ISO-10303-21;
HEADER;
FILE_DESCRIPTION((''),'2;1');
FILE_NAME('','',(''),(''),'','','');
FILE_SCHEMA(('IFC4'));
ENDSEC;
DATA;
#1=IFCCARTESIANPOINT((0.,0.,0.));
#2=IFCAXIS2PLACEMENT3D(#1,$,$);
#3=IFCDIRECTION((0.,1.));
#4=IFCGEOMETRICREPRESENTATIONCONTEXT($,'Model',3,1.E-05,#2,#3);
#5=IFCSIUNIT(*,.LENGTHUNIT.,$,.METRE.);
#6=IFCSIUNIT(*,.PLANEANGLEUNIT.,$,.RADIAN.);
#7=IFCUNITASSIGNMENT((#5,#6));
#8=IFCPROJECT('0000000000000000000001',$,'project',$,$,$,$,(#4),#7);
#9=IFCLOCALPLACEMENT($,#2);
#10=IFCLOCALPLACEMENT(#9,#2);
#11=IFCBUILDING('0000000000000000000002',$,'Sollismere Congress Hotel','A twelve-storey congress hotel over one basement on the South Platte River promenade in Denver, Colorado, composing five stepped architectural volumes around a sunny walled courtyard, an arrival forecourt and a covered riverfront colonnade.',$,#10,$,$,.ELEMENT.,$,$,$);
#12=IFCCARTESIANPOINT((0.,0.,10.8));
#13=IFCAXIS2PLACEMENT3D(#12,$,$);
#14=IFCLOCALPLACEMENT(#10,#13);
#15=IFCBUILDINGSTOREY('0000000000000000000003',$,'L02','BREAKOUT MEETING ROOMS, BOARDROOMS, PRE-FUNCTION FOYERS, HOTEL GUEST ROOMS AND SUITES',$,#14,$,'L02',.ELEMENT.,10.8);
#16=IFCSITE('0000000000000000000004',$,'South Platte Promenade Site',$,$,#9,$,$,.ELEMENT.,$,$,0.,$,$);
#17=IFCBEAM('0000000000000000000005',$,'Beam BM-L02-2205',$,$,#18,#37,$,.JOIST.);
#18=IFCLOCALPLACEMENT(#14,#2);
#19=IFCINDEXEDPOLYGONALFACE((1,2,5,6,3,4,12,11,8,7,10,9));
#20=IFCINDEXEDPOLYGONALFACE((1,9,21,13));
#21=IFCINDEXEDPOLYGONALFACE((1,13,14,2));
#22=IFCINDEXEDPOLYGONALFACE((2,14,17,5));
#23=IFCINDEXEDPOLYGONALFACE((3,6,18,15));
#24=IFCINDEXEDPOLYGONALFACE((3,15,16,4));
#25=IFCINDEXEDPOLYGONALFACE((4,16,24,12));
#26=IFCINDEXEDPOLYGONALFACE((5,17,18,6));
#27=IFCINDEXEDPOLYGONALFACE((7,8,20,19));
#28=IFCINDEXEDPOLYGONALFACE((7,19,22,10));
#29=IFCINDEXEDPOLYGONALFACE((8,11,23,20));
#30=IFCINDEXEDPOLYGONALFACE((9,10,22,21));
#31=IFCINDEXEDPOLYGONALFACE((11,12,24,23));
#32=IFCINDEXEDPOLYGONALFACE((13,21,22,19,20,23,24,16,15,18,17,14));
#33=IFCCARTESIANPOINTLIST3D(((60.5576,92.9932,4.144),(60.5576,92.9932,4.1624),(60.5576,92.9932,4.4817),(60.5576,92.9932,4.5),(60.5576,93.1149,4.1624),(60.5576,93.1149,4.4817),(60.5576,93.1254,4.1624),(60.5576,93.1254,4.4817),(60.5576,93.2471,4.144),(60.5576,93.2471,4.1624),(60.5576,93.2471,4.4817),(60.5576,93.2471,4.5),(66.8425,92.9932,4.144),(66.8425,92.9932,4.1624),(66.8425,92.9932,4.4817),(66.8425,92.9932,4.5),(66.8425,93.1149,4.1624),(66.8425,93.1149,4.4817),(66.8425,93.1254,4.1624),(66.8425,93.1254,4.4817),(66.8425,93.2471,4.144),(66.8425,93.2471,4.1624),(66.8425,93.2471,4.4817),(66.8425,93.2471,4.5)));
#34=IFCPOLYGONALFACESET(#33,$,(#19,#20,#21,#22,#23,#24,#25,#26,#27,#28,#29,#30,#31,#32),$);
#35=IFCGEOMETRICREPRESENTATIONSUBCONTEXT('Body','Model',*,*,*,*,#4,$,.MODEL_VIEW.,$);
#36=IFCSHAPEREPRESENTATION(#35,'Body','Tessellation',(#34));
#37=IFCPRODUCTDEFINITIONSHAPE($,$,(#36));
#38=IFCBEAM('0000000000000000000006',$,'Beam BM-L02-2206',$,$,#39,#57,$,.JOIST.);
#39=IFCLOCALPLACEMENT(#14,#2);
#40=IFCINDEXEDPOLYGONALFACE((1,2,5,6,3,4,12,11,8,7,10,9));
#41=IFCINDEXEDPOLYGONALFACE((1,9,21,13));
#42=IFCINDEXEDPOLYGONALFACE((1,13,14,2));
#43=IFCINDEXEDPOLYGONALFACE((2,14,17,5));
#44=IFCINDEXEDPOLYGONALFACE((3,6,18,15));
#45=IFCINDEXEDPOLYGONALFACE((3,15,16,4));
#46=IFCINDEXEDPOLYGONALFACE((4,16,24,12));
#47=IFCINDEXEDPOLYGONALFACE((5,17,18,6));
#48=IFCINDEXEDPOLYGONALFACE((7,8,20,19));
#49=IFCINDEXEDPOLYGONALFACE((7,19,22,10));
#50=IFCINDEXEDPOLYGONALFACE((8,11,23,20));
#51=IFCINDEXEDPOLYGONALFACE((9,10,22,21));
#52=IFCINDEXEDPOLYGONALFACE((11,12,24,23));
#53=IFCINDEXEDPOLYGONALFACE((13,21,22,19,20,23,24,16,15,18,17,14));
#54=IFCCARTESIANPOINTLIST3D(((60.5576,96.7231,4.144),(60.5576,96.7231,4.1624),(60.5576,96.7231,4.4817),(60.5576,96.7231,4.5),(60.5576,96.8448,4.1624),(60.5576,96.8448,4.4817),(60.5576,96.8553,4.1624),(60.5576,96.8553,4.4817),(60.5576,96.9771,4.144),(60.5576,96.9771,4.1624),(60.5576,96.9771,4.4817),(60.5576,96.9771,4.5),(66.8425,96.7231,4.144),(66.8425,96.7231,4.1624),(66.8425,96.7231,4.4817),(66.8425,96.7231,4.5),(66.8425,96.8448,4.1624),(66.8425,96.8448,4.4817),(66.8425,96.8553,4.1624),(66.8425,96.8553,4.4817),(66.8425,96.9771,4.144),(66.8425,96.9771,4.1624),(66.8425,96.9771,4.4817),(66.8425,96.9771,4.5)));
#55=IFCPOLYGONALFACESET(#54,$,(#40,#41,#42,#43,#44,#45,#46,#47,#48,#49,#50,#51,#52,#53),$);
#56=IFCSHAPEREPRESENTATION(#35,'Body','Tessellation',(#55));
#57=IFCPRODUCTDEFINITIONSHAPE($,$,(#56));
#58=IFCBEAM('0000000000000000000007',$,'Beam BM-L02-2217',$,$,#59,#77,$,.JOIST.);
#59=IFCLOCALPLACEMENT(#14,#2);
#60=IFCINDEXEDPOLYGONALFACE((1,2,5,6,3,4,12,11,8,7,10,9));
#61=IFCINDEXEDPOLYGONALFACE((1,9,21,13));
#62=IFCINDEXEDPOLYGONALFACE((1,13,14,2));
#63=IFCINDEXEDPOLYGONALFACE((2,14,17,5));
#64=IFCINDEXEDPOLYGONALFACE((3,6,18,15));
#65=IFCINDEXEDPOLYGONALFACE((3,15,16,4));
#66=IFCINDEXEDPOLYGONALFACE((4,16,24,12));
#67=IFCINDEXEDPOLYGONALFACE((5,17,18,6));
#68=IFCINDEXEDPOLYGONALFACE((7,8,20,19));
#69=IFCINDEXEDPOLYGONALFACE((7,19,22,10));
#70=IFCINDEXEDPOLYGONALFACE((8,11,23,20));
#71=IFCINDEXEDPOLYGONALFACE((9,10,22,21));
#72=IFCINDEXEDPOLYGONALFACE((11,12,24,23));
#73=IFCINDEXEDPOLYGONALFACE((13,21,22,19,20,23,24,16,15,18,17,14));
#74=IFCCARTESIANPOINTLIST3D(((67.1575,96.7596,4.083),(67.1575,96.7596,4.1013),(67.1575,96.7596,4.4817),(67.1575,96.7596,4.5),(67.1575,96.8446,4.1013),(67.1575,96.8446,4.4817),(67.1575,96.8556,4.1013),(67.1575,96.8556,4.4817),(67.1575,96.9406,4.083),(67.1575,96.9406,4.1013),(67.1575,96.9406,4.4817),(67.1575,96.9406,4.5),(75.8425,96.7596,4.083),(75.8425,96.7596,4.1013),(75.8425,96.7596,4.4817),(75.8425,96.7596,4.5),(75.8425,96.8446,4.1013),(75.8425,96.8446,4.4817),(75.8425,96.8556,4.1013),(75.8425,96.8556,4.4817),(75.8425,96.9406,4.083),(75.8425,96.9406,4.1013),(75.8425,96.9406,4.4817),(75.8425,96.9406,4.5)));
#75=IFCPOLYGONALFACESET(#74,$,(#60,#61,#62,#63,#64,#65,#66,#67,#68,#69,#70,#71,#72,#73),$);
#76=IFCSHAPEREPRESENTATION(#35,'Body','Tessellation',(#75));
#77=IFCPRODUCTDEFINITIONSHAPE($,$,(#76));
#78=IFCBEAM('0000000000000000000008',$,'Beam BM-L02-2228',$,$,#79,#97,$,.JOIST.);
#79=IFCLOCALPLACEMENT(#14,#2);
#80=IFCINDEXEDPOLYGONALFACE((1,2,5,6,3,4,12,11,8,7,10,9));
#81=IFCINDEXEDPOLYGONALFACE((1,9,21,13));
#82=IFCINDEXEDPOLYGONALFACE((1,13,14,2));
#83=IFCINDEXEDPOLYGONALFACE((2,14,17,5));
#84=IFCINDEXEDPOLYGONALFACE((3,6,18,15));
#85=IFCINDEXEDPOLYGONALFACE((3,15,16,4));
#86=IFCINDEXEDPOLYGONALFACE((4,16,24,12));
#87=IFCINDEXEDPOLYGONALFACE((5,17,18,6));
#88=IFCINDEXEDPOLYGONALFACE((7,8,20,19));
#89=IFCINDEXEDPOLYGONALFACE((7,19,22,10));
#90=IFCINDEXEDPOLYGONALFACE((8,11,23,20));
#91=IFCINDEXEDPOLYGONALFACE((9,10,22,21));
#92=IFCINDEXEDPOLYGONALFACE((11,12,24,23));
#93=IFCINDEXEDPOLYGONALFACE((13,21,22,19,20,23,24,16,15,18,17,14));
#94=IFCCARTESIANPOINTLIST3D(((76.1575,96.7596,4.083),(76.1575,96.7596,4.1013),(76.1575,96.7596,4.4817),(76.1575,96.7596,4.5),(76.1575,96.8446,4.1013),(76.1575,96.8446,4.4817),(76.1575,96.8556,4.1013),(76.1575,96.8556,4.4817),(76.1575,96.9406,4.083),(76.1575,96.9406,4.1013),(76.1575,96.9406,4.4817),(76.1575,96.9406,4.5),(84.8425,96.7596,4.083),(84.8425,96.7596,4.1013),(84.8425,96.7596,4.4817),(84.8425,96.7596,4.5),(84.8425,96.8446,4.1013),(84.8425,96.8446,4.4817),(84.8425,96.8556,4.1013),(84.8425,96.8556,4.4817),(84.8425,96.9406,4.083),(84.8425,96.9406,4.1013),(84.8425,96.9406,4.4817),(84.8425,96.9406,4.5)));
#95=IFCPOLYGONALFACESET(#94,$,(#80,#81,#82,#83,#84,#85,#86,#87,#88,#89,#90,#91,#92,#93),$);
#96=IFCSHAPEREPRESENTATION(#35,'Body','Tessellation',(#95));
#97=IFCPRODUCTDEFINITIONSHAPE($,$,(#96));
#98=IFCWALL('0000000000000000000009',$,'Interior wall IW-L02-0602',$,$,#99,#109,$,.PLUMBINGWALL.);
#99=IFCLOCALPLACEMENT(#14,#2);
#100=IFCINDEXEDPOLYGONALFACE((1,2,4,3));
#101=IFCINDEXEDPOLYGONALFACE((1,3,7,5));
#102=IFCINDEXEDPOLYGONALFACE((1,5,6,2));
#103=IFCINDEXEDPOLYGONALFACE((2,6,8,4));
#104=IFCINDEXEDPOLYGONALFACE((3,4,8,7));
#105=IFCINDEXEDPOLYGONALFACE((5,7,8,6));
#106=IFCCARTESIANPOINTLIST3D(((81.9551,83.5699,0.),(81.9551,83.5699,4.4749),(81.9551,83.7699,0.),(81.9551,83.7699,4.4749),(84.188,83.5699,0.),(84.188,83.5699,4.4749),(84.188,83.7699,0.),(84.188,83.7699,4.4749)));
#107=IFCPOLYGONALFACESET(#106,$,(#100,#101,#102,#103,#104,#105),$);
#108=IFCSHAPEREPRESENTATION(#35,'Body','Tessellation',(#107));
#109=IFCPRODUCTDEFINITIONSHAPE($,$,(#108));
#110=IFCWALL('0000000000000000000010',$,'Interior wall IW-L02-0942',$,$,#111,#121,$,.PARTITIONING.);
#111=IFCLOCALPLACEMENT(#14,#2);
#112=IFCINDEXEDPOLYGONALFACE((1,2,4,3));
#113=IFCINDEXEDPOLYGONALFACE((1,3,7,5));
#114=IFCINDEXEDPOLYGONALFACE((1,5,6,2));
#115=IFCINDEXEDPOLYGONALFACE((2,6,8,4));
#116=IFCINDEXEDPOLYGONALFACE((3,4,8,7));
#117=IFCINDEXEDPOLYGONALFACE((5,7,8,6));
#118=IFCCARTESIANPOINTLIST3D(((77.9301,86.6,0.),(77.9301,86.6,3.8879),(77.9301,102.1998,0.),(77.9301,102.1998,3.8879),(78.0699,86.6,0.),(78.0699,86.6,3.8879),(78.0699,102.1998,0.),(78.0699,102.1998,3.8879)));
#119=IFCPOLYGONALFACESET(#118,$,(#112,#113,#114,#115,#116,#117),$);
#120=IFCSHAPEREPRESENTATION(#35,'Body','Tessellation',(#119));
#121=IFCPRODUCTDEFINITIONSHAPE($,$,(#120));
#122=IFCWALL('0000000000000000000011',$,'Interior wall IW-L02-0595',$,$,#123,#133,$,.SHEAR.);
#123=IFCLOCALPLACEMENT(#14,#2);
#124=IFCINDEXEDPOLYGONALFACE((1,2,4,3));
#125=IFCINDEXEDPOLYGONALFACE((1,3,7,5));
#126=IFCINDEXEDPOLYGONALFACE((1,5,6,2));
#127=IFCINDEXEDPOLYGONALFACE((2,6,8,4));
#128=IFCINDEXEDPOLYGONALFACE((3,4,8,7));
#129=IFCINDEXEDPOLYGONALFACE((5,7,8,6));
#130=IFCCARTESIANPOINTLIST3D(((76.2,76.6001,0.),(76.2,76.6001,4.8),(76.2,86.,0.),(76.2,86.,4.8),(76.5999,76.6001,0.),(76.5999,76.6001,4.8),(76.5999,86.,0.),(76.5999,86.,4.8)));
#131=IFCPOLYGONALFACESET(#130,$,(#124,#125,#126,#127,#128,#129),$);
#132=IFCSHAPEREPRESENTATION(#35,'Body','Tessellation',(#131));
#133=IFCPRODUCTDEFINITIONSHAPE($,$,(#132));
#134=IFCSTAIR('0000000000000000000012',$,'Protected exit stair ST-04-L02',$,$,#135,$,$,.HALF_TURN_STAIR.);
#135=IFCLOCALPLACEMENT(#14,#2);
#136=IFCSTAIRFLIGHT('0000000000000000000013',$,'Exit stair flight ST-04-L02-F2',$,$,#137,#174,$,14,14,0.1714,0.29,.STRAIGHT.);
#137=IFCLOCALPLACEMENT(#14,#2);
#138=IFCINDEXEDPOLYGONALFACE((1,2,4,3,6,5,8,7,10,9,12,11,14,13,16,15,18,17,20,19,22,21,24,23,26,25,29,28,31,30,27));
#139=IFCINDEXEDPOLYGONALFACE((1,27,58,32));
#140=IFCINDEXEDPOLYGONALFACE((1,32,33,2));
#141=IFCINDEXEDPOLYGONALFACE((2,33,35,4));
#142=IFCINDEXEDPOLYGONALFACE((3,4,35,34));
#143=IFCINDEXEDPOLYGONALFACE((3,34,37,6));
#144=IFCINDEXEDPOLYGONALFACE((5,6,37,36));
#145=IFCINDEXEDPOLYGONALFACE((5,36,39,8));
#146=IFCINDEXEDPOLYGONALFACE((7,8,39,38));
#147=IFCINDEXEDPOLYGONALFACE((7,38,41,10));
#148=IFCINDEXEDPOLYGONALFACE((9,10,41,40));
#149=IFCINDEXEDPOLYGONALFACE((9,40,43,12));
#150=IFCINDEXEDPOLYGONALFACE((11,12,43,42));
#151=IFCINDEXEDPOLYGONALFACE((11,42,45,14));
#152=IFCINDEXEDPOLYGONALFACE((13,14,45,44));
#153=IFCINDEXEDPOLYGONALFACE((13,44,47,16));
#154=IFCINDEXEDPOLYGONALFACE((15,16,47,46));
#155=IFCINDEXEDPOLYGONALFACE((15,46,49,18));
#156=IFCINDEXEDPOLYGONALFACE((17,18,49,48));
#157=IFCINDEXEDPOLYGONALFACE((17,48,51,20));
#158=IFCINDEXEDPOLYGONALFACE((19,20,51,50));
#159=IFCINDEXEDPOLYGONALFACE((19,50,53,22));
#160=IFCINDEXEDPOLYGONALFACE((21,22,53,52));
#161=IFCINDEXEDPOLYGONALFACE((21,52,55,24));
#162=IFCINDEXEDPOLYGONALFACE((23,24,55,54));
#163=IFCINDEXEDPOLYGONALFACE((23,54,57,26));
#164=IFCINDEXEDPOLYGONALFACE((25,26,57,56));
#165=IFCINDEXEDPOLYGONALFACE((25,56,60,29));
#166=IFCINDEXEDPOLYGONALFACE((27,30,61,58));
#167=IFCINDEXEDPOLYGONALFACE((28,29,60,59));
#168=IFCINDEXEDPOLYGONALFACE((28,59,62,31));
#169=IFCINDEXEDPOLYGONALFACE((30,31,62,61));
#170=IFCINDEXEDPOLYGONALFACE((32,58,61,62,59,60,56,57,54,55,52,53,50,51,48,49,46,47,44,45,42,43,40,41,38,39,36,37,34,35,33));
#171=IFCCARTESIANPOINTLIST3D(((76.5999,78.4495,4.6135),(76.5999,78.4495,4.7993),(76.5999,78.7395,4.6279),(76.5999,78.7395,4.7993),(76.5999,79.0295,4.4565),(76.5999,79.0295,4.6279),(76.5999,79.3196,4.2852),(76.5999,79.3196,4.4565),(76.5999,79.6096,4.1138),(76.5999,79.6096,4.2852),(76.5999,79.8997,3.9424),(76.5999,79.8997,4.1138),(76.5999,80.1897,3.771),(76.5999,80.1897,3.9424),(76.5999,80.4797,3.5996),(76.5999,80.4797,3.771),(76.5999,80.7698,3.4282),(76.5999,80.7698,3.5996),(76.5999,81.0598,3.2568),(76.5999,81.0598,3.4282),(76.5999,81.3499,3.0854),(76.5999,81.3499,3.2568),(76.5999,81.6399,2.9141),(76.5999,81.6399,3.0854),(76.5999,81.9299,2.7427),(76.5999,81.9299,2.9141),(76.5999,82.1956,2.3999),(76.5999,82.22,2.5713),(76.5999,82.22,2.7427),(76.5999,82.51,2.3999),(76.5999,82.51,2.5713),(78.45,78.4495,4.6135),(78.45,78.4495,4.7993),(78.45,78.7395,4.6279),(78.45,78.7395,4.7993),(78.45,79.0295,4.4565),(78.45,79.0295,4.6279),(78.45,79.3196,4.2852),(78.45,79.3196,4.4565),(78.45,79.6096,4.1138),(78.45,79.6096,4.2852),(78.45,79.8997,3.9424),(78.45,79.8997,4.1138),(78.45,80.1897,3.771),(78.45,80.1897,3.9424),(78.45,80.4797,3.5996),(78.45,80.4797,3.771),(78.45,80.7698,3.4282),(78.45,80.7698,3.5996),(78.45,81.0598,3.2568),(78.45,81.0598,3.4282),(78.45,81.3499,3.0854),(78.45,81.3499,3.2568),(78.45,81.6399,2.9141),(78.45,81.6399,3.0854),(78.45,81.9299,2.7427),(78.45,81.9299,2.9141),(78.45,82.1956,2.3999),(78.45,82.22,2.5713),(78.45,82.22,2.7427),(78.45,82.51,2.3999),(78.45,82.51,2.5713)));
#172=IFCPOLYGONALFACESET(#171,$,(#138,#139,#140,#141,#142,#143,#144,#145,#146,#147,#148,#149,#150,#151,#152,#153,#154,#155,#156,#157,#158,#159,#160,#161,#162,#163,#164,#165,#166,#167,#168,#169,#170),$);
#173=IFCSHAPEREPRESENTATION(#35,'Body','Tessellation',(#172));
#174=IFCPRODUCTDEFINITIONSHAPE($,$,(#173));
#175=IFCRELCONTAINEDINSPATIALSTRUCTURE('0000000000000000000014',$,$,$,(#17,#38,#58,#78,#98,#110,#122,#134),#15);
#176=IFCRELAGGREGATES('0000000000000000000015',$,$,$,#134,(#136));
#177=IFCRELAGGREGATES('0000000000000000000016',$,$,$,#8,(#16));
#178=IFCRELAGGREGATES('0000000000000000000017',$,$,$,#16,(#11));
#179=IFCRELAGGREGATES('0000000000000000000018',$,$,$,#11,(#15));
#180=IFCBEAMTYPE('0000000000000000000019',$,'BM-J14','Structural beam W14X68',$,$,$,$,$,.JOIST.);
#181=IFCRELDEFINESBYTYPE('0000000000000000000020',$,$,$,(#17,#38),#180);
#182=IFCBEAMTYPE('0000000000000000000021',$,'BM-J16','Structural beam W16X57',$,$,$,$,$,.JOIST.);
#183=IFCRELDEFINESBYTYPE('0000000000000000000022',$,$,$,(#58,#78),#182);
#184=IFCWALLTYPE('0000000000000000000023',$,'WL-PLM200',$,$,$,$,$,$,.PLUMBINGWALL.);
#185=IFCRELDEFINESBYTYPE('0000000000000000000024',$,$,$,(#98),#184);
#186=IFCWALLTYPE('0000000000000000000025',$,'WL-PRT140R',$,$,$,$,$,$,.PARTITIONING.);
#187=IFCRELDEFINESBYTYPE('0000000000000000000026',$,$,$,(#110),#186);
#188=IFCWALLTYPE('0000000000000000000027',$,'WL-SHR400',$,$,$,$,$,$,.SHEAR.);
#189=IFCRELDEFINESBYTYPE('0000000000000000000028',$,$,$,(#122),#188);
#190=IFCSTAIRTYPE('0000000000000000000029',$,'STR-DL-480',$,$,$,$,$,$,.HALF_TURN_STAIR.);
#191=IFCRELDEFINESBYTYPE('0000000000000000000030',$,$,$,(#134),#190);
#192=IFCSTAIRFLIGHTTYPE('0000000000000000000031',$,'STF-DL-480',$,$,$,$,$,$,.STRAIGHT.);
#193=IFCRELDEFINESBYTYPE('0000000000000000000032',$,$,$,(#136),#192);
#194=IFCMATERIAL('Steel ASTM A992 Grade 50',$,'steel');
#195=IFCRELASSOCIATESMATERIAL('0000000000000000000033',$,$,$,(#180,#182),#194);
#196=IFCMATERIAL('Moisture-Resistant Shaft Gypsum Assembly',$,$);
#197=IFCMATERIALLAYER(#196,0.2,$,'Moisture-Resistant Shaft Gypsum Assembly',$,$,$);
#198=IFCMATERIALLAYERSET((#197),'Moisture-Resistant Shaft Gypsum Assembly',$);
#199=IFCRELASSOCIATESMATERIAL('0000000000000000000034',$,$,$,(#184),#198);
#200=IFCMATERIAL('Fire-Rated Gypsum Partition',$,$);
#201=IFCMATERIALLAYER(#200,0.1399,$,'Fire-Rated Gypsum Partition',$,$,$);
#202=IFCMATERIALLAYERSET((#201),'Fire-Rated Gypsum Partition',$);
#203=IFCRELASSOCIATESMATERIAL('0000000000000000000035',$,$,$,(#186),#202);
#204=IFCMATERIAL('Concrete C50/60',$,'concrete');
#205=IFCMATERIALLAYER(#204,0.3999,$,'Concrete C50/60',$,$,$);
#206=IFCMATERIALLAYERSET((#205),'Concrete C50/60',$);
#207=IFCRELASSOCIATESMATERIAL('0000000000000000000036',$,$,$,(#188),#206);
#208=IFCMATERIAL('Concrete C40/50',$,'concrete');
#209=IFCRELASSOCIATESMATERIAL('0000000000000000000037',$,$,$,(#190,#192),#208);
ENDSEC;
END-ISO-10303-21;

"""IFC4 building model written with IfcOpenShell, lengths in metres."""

from ifc_helpers import new_model, si_unit, direction, frame, frame_2d, origin, origin_2d, place, context, subcontext, project, spatial, polyline, rectangle, i_section, outline, extrude, material, layer, layer_set, material_profile, profile_set, type_object, element, aggregate, save


model = new_model("IFC4")

# Units and contexts
model_context = context("Model", 3, precision=1e-05, world=origin(), true_north=direction((0.0, 1.0)))
body_context = subcontext(model_context, "Body", "Model", "MODEL_VIEW")
ifc_project = project(units=[si_unit("LENGTHUNIT", "METRE"), si_unit("PLANEANGLEUNIT", "RADIAN")], contexts=[model_context])

# Site, building, storey
site_placement = place(None, origin())
site = spatial("IfcSite", under=ifc_project, at=site_placement, Name="South Platte Promenade Site", CompositionType="ELEMENT", RefElevation=0.0)
building_placement = place(site_placement, origin())
building = spatial("IfcBuilding", under=site, at=building_placement, Name="Sollismere Congress Hotel", Description="A twelve-storey congress hotel over one basement on the South Platte River promenade in Denver, Colorado, composing five stepped architectural volumes around a sunny walled courtyard, an arrival forecourt and a covered riverfront colonnade.", CompositionType="ELEMENT")
storey_placement = place(building_placement, frame((0.0, 0.0, 10.8)))
storey = spatial("IfcBuildingStorey", under=building, at=storey_placement, Name="L02", Description="BREAKOUT MEETING ROOMS, BOARDROOMS, PRE-FUNCTION FOYERS, HOTEL GUEST ROOMS AND SUITES", LongName="L02", CompositionType="ELEMENT", Elevation=10.8)

# Shared definitions
ifc_material_1 = material(Name="Steel ASTM A992 Grade 50", Category="steel")

# Beams
ifc_material_profile_1 = material_profile(ifc_material_1, i_section(OverallWidth=0.2539, OverallDepth=0.356, WebThickness=0.0105, FlangeThickness=0.0183, at=origin_2d()), Name="W14X68")
ifc_profile_set_1 = profile_set([ifc_material_profile_1], Name="Steel ASTM A992 Grade 50")
beam_type_1 = type_object("IfcBeamType", Name="BM-J14", Description="Structural beam W14X68", PredefinedType="JOIST", material=ifc_profile_set_1)
for number, where, z_axis, x_axis, name in (
    (1, (60.5576, 93.1201, 4.322), (1.0, 0.0, 0.0), (0.0, 1.0, 0.0), "Beam BM-L02-2205"),
    (2, (60.5576, 96.8501, 4.322), (1.0, 0.0, 0.0), (0.0, 1.0, 0.0), "Beam BM-L02-2206"),
):
    element("IfcBeam", number, at=place(storey_placement, frame(where, z_axis=z_axis, x_axis=x_axis)), inside=storey, type_object=beam_type_1, Name=name, PredefinedType="JOIST", context=body_context, shape_type="SweptSolid", body=[
        extrude(i_section(OverallWidth=0.2539, OverallDepth=0.356, WebThickness=0.0105, FlangeThickness=0.0183, at=origin_2d()), origin(), (0.0, 0.0, 1.0), 6.2849),
    ])
ifc_material_profile_2 = material_profile(ifc_material_1, i_section(OverallWidth=0.1809, OverallDepth=0.417, WebThickness=0.011, FlangeThickness=0.0183, at=origin_2d()), Name="W16X57")
ifc_profile_set_2 = profile_set([ifc_material_profile_2], Name="Steel ASTM A992 Grade 50")
beam_type_2 = type_object("IfcBeamType", Name="BM-J16", Description="Structural beam W16X57", PredefinedType="JOIST", material=ifc_profile_set_2)
for number, where, z_axis, x_axis, name in (
    (3, (67.1575, 96.8501, 4.2915), (1.0, 0.0, 0.0), (0.0, 1.0, 0.0), "Beam BM-L02-2217"),
    (4, (76.1575, 96.8501, 4.2915), (1.0, 0.0, 0.0), (0.0, 1.0, 0.0), "Beam BM-L02-2228"),
):
    element("IfcBeam", number, at=place(storey_placement, frame(where, z_axis=z_axis, x_axis=x_axis)), inside=storey, type_object=beam_type_2, Name=name, PredefinedType="JOIST", context=body_context, shape_type="SweptSolid", body=[
        extrude(i_section(OverallWidth=0.1809, OverallDepth=0.417, WebThickness=0.011, FlangeThickness=0.0183, at=origin_2d()), origin(), (0.0, 0.0, 1.0), 8.6851),
    ])

# Walls
ifc_material_2 = material(Name="Moisture-Resistant Shaft Gypsum Assembly")
ifc_layer_1 = layer(ifc_material_2, 0.2, Name="Moisture-Resistant Shaft Gypsum Assembly")
ifc_layer_set_1 = layer_set([ifc_layer_1], Name="Moisture-Resistant Shaft Gypsum Assembly")
wall_type_1 = type_object("IfcWallType", Name="WL-PLM200", PredefinedType="PLUMBINGWALL", material=ifc_layer_set_1)
wall_1_placement = place(storey_placement, frame((81.9551, 83.6699, 0.0), z_axis=(0.0, 0.0, 1.0), x_axis=(1.0, 0.0, 0.0)))
element("IfcWall", 5, at=wall_1_placement, inside=storey, type_object=wall_type_1, Name="Interior wall IW-L02-0602", PredefinedType="PLUMBINGWALL", context=body_context, shape_type="SweptSolid", body=[
    extrude(rectangle(XDim=2.2329, YDim=0.2, at=frame_2d((1.1165, 0.0))), origin(), (0.0, 0.0, 1.0), 4.4749),
])
ifc_material_3 = material(Name="Fire-Rated Gypsum Partition")
ifc_layer_2 = layer(ifc_material_3, 0.1399, Name="Fire-Rated Gypsum Partition")
ifc_layer_set_2 = layer_set([ifc_layer_2], Name="Fire-Rated Gypsum Partition")
wall_type_2 = type_object("IfcWallType", Name="WL-PRT140R", PredefinedType="PARTITIONING", material=ifc_layer_set_2)
wall_2_placement = place(storey_placement, frame((78.0, 86.6001, 0.0), z_axis=(0.0, 0.0, 1.0), x_axis=(0.0, 1.0, 0.0)))
element("IfcWall", 6, at=wall_2_placement, inside=storey, type_object=wall_type_2, Name="Interior wall IW-L02-0942", PredefinedType="PARTITIONING", context=body_context, shape_type="SweptSolid", body=[
    extrude(rectangle(XDim=15.5999, YDim=0.1399, at=frame_2d((7.7998, 0.0))), origin(), (0.0, 0.0, 1.0), 3.8879),
])
ifc_material_4 = material(Name="Concrete C50/60", Category="concrete")
ifc_layer_3 = layer(ifc_material_4, 0.3999, Name="Concrete C50/60")
ifc_layer_set_3 = layer_set([ifc_layer_3], Name="Concrete C50/60")
wall_type_3 = type_object("IfcWallType", Name="WL-SHR400", PredefinedType="SHEAR", material=ifc_layer_set_3)
wall_3_placement = place(storey_placement, frame((76.3999, 86.0, 0.0), z_axis=(0.0, 0.0, 1.0), x_axis=(0.0, -1.0, 0.0)))
element("IfcWall", 7, at=wall_3_placement, inside=storey, type_object=wall_type_3, Name="Interior wall IW-L02-0595", PredefinedType="SHEAR", context=body_context, shape_type="SweptSolid", body=[
    extrude(rectangle(XDim=9.3999, YDim=0.3999, at=frame_2d((4.7, 0.0))), origin(), (0.0, 0.0, 1.0), 4.8),
])

# Stair, stair flight
ifc_material_5 = material(Name="Concrete C40/50", Category="concrete")
stair_type = type_object("IfcStairType", Name="STR-DL-480", PredefinedType="HALF_TURN_STAIR", material=ifc_material_5)
stair_placement = place(storey_placement, origin())
stair = element("IfcStair", 8, at=stair_placement, inside=storey, type_object=stair_type, Name="Protected exit stair ST-04-L02", PredefinedType="HALF_TURN_STAIR")
stair_flight_type = type_object("IfcStairFlightType", Name="STF-DL-480", PredefinedType="STRAIGHT", material=ifc_material_5)
stair_flight_placement = place(storey_placement, frame((77.5249, 82.51, 2.3999), z_axis=(0.0, 0.0, 1.0), x_axis=(0.0, -1.0, 0.0)))
stair_flight = element("IfcStairFlight", 9, at=stair_flight_placement, type_object=stair_flight_type, Name="Exit stair flight ST-04-L02-F2", NumberOfRisers=14, NumberOfTreads=14, PredefinedType="STRAIGHT", RiserHeight=0.1714, TreadLength=0.29, context=body_context, shape_type="SweptSolid", body=[
    extrude(outline(polyline([(0.0, 0.0), (0.0, 0.1714), (0.29, 0.1714), (0.29, 0.3428), (0.5801, 0.3428), (0.5801, 0.5142), (0.8701, 0.5142), (0.8701, 0.6855), (1.1602, 0.6855), (1.1602, 0.8569), (1.4502, 0.8569), (1.4502, 1.0283), (1.7402, 1.0283), (1.7402, 1.1997), (2.0303, 1.1997), (2.0303, 1.3711), (2.3203, 1.3711), (2.3203, 1.5425), (2.6104, 1.5425), (2.6104, 1.7139), (2.9004, 1.7139), (2.9004, 1.8853), (3.1904, 1.8853), (3.1904, 2.0566), (3.4805, 2.0566), (3.4805, 2.228), (3.7705, 2.228), (3.7705, 2.3994), (4.0605, 2.3994), (4.0605, 2.2136), (0.3145, 0.0), (0.0, 0.0)])), frame((0.0, 0.925, 0.0), z_axis=(0.0, -1.0, 0.0), x_axis=(1.0, 0.0, 0.0)), (0.0, 0.0, 1.0), 1.8501),
])
aggregate(stair, [stair_flight])

save(model, "model.ifc")
